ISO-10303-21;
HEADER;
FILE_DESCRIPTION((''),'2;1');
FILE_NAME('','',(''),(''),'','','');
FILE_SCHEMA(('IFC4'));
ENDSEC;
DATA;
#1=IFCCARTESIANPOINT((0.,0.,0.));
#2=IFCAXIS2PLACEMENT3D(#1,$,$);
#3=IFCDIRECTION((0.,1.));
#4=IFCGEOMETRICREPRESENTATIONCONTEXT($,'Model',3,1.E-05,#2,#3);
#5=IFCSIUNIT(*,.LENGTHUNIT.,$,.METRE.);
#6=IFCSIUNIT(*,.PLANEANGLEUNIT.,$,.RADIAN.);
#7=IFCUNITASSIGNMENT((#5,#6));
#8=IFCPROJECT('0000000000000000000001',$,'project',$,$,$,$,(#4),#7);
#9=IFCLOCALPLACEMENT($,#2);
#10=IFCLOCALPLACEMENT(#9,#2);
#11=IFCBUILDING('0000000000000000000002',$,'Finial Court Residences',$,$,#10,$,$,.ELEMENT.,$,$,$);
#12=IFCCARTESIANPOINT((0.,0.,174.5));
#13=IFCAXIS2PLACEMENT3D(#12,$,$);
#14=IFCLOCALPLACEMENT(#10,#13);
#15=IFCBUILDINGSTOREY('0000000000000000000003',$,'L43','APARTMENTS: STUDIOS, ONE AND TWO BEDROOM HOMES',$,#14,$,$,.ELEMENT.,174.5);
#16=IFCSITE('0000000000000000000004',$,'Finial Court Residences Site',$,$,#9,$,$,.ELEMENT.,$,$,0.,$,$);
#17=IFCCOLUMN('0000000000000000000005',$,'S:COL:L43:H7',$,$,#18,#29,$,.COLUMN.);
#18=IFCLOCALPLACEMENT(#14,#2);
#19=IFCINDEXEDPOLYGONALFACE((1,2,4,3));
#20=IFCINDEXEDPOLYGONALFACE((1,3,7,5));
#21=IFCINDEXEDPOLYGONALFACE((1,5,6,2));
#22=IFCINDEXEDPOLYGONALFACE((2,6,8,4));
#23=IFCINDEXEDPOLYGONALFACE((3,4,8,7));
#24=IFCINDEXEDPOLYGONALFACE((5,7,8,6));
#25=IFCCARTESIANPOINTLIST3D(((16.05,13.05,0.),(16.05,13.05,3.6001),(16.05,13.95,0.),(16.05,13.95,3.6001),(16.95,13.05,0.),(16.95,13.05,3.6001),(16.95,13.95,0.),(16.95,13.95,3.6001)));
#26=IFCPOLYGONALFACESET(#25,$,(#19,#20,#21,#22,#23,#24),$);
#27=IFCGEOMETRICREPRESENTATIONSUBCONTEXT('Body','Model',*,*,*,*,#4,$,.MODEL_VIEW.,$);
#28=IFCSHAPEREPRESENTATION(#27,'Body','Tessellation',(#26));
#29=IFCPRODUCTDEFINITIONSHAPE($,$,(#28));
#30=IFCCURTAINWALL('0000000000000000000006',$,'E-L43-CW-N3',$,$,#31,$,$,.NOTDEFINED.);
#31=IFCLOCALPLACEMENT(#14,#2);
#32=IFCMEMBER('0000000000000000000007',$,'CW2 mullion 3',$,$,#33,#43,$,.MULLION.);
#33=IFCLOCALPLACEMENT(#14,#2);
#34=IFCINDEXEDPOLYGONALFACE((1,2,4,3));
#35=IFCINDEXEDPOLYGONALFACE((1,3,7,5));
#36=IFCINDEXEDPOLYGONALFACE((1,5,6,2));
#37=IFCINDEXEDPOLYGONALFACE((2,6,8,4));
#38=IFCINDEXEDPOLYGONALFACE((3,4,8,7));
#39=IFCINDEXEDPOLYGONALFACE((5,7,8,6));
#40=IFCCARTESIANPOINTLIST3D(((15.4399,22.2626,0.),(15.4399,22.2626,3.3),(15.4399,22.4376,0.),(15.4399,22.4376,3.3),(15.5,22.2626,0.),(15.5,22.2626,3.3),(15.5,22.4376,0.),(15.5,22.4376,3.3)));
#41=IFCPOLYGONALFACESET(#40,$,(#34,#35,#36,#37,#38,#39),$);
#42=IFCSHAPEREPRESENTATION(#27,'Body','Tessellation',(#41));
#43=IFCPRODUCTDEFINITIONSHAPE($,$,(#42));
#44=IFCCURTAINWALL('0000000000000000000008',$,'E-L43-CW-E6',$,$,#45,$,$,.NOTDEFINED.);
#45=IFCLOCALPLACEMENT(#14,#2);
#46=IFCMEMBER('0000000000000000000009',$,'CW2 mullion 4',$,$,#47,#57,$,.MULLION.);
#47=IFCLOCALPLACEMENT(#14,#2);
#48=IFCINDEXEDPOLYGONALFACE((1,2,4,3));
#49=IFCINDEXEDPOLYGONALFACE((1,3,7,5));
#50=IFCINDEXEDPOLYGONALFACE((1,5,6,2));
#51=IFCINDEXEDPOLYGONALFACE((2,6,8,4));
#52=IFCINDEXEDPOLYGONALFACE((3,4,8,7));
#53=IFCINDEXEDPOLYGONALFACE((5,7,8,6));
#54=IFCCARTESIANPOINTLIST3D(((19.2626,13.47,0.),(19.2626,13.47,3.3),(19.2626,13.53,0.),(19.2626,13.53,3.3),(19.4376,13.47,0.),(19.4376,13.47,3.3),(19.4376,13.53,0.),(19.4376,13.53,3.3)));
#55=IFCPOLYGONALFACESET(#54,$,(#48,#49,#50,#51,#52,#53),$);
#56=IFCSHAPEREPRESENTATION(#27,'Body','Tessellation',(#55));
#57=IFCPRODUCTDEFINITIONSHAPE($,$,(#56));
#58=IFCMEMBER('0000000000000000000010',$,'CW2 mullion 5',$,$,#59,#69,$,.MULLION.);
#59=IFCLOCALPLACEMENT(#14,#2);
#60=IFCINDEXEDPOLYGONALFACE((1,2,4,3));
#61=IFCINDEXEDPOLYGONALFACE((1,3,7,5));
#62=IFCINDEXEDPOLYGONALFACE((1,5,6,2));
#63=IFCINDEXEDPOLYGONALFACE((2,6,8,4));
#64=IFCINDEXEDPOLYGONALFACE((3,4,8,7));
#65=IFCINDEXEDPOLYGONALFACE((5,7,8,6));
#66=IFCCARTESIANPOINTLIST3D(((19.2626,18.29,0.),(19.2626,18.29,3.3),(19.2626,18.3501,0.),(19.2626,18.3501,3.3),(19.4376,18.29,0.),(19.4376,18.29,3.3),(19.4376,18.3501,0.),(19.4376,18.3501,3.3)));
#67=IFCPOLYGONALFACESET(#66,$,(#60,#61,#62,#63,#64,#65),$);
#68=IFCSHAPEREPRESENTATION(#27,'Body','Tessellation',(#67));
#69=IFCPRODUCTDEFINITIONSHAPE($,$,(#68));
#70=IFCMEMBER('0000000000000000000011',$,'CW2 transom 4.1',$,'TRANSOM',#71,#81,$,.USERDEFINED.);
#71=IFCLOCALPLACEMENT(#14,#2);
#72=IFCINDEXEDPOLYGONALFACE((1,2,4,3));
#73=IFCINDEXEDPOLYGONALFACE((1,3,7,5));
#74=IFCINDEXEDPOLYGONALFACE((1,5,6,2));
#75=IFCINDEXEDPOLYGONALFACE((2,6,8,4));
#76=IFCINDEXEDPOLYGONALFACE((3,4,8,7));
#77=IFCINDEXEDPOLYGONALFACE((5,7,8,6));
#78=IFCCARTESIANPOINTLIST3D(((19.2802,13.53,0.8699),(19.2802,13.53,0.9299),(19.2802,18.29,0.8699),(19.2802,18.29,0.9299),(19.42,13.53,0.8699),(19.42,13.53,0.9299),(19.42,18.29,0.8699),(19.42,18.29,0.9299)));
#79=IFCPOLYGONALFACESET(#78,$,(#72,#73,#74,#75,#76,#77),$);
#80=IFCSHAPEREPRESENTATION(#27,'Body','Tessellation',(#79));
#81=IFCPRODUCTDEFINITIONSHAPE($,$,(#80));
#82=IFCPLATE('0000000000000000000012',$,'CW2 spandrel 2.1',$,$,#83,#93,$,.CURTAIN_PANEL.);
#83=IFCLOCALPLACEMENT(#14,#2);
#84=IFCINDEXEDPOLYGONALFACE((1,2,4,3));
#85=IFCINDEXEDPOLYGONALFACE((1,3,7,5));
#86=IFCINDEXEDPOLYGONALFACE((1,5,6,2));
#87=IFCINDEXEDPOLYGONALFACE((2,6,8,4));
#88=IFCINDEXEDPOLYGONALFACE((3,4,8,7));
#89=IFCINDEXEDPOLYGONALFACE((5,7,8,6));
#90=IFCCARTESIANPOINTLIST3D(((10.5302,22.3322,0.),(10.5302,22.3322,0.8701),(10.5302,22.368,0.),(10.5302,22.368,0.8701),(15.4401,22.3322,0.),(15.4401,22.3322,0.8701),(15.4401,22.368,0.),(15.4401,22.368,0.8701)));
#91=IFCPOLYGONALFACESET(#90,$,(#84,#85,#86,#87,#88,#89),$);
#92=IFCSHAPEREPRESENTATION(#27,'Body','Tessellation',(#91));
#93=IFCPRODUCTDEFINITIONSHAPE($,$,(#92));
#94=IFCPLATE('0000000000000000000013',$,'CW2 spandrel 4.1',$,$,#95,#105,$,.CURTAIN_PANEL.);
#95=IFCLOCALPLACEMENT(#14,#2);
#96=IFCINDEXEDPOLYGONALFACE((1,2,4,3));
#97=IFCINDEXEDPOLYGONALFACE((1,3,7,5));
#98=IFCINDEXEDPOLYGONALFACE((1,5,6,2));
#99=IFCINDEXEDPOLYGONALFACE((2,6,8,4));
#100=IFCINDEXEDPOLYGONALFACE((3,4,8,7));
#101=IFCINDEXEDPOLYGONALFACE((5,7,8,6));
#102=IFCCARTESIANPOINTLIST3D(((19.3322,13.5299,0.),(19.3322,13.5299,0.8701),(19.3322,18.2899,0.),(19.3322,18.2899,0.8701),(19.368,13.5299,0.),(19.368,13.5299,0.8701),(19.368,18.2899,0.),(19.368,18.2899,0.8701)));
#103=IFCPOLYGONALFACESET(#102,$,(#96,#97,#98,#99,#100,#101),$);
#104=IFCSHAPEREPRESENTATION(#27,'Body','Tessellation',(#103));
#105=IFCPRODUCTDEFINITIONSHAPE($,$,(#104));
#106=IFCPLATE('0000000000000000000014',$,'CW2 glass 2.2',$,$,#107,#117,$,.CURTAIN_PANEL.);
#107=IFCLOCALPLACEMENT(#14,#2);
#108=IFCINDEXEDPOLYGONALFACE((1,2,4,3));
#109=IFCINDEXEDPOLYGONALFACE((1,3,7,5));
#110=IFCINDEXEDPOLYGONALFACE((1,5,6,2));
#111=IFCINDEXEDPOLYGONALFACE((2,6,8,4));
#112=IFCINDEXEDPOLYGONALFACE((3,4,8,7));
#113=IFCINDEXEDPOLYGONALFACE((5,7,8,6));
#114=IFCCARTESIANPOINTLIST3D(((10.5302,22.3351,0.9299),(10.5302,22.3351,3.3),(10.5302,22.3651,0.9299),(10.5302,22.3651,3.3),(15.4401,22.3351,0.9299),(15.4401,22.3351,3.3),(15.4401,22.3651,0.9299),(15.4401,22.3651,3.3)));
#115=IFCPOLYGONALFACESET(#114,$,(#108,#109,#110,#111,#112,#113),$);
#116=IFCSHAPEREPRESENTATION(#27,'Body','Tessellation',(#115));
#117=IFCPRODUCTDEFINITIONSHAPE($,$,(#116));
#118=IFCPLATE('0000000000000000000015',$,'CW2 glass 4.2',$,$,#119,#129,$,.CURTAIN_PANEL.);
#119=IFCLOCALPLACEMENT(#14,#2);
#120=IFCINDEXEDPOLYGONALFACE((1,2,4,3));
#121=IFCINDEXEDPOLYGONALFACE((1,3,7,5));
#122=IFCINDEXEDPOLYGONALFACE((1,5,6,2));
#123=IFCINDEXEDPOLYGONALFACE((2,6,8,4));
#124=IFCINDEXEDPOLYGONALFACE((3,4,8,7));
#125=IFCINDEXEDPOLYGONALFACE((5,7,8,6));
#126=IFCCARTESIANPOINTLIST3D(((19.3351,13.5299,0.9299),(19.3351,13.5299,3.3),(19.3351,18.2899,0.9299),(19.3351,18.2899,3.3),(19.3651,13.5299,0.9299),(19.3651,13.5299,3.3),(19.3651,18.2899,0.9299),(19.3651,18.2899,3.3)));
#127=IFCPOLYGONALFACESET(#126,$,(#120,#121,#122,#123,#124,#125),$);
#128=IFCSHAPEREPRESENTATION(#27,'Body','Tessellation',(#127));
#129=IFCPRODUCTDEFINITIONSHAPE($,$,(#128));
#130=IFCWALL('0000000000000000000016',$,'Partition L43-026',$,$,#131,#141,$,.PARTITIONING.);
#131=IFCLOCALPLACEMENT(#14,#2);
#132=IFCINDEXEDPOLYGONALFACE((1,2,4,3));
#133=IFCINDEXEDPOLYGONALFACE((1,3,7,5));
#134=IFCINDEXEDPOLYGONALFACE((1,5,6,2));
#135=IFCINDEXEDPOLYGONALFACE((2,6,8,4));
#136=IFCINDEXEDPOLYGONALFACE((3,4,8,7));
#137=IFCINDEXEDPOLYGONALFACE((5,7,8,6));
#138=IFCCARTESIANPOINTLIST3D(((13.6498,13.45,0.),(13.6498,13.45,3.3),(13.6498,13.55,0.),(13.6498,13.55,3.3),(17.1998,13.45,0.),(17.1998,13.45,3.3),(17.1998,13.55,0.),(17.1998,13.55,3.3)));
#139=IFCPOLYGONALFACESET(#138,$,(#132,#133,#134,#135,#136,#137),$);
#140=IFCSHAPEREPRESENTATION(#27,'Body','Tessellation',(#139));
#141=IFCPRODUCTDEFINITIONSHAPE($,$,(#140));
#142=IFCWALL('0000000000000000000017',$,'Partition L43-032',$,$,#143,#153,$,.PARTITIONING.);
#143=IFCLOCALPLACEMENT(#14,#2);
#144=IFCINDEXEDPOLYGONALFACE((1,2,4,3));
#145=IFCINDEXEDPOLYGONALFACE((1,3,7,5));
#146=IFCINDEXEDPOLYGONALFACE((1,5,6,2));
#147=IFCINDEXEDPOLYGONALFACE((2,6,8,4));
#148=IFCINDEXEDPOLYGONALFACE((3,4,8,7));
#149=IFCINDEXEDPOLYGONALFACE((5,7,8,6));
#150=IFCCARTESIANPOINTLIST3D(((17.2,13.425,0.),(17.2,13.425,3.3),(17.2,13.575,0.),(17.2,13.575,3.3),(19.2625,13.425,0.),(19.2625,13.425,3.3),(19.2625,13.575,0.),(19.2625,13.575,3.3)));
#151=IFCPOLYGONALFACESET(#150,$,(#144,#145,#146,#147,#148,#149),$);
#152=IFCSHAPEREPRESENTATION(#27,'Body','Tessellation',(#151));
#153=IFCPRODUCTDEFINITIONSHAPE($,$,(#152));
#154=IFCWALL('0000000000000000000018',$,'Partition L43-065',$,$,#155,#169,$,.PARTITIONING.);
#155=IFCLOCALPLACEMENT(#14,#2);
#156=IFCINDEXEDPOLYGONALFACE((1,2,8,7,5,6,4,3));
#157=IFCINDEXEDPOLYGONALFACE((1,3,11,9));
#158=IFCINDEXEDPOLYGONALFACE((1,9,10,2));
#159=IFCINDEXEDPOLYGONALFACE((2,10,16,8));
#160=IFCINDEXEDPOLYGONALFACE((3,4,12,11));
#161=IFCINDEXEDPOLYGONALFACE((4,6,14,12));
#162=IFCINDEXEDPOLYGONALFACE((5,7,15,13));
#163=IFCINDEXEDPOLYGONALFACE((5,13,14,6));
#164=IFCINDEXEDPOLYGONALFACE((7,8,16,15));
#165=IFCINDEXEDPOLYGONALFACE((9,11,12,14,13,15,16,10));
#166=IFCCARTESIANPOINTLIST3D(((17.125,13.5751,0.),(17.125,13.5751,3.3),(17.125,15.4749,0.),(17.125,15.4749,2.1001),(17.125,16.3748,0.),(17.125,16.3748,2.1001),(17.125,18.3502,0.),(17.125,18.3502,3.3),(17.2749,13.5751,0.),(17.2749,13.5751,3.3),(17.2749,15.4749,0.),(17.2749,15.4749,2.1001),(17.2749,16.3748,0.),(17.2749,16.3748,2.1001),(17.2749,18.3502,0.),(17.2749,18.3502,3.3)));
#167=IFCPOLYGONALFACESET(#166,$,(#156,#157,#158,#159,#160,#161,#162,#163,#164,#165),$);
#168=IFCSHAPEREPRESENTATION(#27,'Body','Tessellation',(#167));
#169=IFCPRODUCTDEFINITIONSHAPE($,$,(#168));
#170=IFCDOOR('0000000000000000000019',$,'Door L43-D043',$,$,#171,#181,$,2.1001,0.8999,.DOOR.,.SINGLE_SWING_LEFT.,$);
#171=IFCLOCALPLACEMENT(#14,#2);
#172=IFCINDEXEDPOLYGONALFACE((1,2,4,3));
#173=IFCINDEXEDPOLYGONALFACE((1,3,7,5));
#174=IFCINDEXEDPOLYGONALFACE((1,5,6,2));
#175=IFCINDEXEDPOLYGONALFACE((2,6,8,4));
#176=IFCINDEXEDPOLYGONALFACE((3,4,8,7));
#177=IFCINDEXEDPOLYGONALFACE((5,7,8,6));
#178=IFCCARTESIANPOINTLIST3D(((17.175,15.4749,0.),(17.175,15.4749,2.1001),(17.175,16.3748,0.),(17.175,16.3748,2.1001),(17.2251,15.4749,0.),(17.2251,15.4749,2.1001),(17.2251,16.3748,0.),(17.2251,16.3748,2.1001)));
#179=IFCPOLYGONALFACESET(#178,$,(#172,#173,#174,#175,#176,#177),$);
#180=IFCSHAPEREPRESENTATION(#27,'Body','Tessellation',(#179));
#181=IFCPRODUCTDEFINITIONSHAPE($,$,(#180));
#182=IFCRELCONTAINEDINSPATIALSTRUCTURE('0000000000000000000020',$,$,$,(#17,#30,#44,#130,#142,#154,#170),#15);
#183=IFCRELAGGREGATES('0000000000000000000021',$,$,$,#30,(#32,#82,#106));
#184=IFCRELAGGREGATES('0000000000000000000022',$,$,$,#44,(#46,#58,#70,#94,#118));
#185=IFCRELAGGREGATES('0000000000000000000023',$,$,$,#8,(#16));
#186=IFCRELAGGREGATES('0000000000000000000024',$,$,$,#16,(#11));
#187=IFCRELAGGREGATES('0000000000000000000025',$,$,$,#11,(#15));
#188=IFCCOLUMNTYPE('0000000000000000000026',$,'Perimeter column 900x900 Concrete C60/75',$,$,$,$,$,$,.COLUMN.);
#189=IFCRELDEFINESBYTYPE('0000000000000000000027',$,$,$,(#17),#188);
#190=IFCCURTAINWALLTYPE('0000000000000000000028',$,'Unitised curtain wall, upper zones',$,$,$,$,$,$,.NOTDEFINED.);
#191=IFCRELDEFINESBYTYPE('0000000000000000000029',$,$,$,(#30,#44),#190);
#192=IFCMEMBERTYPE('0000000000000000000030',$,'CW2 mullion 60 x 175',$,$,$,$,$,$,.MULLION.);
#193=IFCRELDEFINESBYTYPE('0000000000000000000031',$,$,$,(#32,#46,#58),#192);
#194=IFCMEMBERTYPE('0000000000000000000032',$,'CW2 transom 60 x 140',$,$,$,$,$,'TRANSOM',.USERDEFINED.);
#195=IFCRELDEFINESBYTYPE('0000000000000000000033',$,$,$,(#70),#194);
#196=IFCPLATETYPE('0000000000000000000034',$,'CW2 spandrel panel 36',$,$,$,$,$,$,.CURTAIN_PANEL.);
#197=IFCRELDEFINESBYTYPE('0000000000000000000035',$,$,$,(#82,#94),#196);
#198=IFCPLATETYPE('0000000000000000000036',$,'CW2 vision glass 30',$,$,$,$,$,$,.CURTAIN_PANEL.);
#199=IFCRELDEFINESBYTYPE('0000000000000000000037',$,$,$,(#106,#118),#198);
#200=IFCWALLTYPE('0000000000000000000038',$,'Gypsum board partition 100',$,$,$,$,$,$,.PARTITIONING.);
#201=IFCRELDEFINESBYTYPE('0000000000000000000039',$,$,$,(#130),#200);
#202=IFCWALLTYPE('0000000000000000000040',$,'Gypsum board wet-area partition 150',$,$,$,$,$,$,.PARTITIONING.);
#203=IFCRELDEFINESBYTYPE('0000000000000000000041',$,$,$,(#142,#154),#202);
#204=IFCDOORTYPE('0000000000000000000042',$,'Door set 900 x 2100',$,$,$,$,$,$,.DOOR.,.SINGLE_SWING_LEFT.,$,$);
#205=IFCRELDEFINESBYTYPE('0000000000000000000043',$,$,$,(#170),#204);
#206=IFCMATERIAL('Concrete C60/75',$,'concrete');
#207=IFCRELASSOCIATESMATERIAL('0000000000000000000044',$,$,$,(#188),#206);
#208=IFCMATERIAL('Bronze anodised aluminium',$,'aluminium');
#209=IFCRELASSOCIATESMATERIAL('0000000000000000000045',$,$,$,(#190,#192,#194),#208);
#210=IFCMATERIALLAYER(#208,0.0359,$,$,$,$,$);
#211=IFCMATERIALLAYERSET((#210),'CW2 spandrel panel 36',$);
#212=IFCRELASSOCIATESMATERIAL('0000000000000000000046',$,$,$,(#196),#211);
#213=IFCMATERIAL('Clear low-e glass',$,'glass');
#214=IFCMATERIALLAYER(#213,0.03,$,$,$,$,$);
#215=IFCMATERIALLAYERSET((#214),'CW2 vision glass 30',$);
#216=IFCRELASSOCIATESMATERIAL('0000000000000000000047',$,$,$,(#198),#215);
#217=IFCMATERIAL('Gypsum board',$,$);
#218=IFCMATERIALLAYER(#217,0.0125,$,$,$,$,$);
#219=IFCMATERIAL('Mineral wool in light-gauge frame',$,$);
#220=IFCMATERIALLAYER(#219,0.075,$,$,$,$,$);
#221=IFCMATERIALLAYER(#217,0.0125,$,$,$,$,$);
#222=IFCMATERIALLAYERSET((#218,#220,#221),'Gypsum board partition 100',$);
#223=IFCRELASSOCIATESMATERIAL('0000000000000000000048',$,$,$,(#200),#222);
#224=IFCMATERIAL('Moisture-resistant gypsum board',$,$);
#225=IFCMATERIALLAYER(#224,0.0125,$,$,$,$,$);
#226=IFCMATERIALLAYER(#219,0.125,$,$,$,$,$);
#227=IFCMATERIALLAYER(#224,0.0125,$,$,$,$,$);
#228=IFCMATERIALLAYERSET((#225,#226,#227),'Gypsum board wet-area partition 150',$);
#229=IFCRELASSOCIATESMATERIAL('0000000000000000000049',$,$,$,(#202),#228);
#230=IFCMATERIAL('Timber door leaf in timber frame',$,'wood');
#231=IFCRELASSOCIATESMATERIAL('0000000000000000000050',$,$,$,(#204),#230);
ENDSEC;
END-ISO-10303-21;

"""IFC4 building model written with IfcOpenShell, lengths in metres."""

from ifc_helpers import new_model, si_unit, direction, frame, frame_2d, origin, origin_2d, place, context, subcontext, project, spatial, rectangle, extrude, material, layer, layer_set, material_profile, profile_set, type_object, element, fill, aggregate, save


model = new_model("IFC4")

# Units and contexts
model_context = context("Model", 3, precision=1e-05, world=origin(), true_north=direction((0.0, 1.0)))
body_context = subcontext(model_context, "Body", "Model", "MODEL_VIEW")
ifc_project = project(units=[si_unit("LENGTHUNIT", "METRE"), si_unit("PLANEANGLEUNIT", "RADIAN")], contexts=[model_context])

# Site, building, storey
site_placement = place(None, origin())
site = spatial("IfcSite", under=ifc_project, at=site_placement, Name="Finial Court Residences Site", CompositionType="ELEMENT", RefElevation=0.0)
building_placement = place(site_placement, origin())
building = spatial("IfcBuilding", under=site, at=building_placement, Name="Finial Court Residences", CompositionType="ELEMENT")
storey_placement = place(building_placement, frame((0.0, 0.0, 174.5)))
storey = spatial("IfcBuildingStorey", under=building, at=storey_placement, Name="L43", Description="APARTMENTS: STUDIOS, ONE AND TWO BEDROOM HOMES", CompositionType="ELEMENT", Elevation=174.5)

# Column
ifc_material_1 = material(Name="Concrete C60/75", Category="concrete")
ifc_material_profile_1 = material_profile(ifc_material_1, rectangle(XDim=0.8999, YDim=0.8999, at=origin_2d()), Name="900x900")
ifc_profile_set_1 = profile_set([ifc_material_profile_1], Name="Concrete C60/75")
column_type = type_object("IfcColumnType", Name="Perimeter column 900x900 Concrete C60/75", PredefinedType="COLUMN", material=ifc_profile_set_1)
column_placement = place(storey_placement, frame((16.5, 13.5, 0.0), z_axis=(0.0, 0.0, 1.0), x_axis=(1.0, 0.0, 0.0)))
element("IfcColumn", 1, at=column_placement, inside=storey, type_object=column_type, Name="S:COL:L43:H7", PredefinedType="COLUMN", context=body_context, shape_type="SweptSolid", body=[
    extrude(rectangle(XDim=0.8999, YDim=0.8999, at=origin_2d()), origin(), (0.0, 0.0, 1.0), 3.6001),
])

# Curtain wall, member
ifc_material_2 = material(Name="Bronze anodised aluminium", Category="aluminium")
curtain_wall_type = type_object("IfcCurtainWallType", Name="Unitised curtain wall, upper zones", PredefinedType="NOTDEFINED", material=ifc_material_2)
curtain_wall_1_placement = place(storey_placement, origin())
curtain_wall_1 = element("IfcCurtainWall", 2, at=curtain_wall_1_placement, inside=storey, type_object=curtain_wall_type, Name="E-L43-CW-N3", PredefinedType="NOTDEFINED")
ifc_material_profile_2 = material_profile(ifc_material_2, rectangle(XDim=0.175, YDim=0.0601, at=origin_2d()), Name="CW2 mullion 60 x 175")
ifc_profile_set_2 = profile_set([ifc_material_profile_2], Name="Bronze anodised aluminium")
member_type_1 = type_object("IfcMemberType", Name="CW2 mullion 60 x 175", PredefinedType="MULLION", material=ifc_profile_set_2)
member_1_placement = place(storey_placement, frame((15.47, 22.3501, 0.0), z_axis=(0.0, 0.0, 1.0), x_axis=(0.0, 1.0, 0.0)))
member_1 = element("IfcMember", 3, at=member_1_placement, type_object=member_type_1, Name="CW2 mullion 3", PredefinedType="MULLION", context=body_context, shape_type="SweptSolid", body=[
    extrude(rectangle(XDim=0.175, YDim=0.0601, at=origin_2d()), origin(), (0.0, 0.0, 1.0), 3.3),
])

# Curtain wall, members
curtain_wall_2_placement = place(storey_placement, origin())
curtain_wall_2 = element("IfcCurtainWall", 4, at=curtain_wall_2_placement, inside=storey, type_object=curtain_wall_type, Name="E-L43-CW-E6", PredefinedType="NOTDEFINED")
member_2_placement = place(storey_placement, frame((19.3501, 13.5, 0.0), z_axis=(0.0, 0.0, 1.0), x_axis=(-1.0, 0.0, 0.0)))
member_2 = element("IfcMember", 5, at=member_2_placement, type_object=member_type_1, Name="CW2 mullion 4", PredefinedType="MULLION", context=body_context, shape_type="SweptSolid", body=[
    extrude(rectangle(XDim=0.175, YDim=0.0601, at=origin_2d()), origin(), (0.0, 0.0, 1.0), 3.3),
])
member_3_placement = place(storey_placement, frame((19.3501, 18.3201, 0.0), z_axis=(0.0, 0.0, 1.0), x_axis=(-1.0, 0.0, 0.0)))
member_3 = element("IfcMember", 6, at=member_3_placement, type_object=member_type_1, Name="CW2 mullion 5", PredefinedType="MULLION", context=body_context, shape_type="SweptSolid", body=[
    extrude(rectangle(XDim=0.175, YDim=0.0601, at=origin_2d()), origin(), (0.0, 0.0, 1.0), 3.3),
])
ifc_material_profile_3 = material_profile(ifc_material_2, rectangle(XDim=0.1399, YDim=0.0601, at=origin_2d()), Name="CW2 transom 60 x 140")
ifc_profile_set_3 = profile_set([ifc_material_profile_3], Name="Bronze anodised aluminium")
member_type_2 = type_object("IfcMemberType", Name="CW2 transom 60 x 140", ElementType="TRANSOM", PredefinedType="USERDEFINED", material=ifc_profile_set_3)
member_4_placement = place(storey_placement, frame((19.3501, 13.53, 0.8999), z_axis=(0.0, 1.0, 0.0), x_axis=(-1.0, 0.0, 0.0)))
member_4 = element("IfcMember", 7, at=member_4_placement, type_object=member_type_2, Name="CW2 transom 4.1", ObjectType="TRANSOM", PredefinedType="USERDEFINED", context=body_context, shape_type="SweptSolid", body=[
    extrude(rectangle(XDim=0.1399, YDim=0.0601, at=origin_2d()), origin(), (0.0, 0.0, 1.0), 4.76),
])

# Plates
ifc_layer_1 = layer(ifc_material_2, 0.0359)
ifc_layer_set_1 = layer_set([ifc_layer_1], Name="CW2 spandrel panel 36")
plate_type_1 = type_object("IfcPlateType", Name="CW2 spandrel panel 36", PredefinedType="CURTAIN_PANEL", material=ifc_layer_set_1)
plate_1_placement = place(storey_placement, frame((12.9851, 22.3501, 0.0), z_axis=(0.0, 0.0, 1.0), x_axis=(1.0, 0.0, 0.0)))
plate_1 = element("IfcPlate", 8, at=plate_1_placement, type_object=plate_type_1, Name="CW2 spandrel 2.1", PredefinedType="CURTAIN_PANEL", context=body_context, shape_type="SweptSolid", body=[
    extrude(rectangle(XDim=4.9099, YDim=0.0359, at=origin_2d()), origin(), (0.0, 0.0, 1.0), 0.8701),
])
plate_2_placement = place(storey_placement, frame((19.3501, 15.9099, 0.0), z_axis=(0.0, 0.0, 1.0), x_axis=(0.0, 1.0, 0.0)))
plate_2 = element("IfcPlate", 9, at=plate_2_placement, type_object=plate_type_1, Name="CW2 spandrel 4.1", PredefinedType="CURTAIN_PANEL", context=body_context, shape_type="SweptSolid", body=[
    extrude(rectangle(XDim=4.76, YDim=0.0359, at=origin_2d()), origin(), (0.0, 0.0, 1.0), 0.8701),
])
ifc_material_3 = material(Name="Clear low-e glass", Category="glass")
ifc_layer_2 = layer(ifc_material_3, 0.03)
ifc_layer_set_2 = layer_set([ifc_layer_2], Name="CW2 vision glass 30")
plate_type_2 = type_object("IfcPlateType", Name="CW2 vision glass 30", PredefinedType="CURTAIN_PANEL", material=ifc_layer_set_2)
plate_3_placement = place(storey_placement, frame((12.9851, 22.3501, 0.9299), z_axis=(0.0, 0.0, 1.0), x_axis=(1.0, 0.0, 0.0)))
plate_3 = element("IfcPlate", 10, at=plate_3_placement, type_object=plate_type_2, Name="CW2 glass 2.2", PredefinedType="CURTAIN_PANEL", context=body_context, shape_type="SweptSolid", body=[
    extrude(rectangle(XDim=4.9099, YDim=0.03, at=origin_2d()), origin(), (0.0, 0.0, 1.0), 2.3701),
])
aggregate(curtain_wall_1, [member_1, plate_1, plate_3])
plate_4_placement = place(storey_placement, frame((19.3501, 15.9099, 0.9299), z_axis=(0.0, 0.0, 1.0), x_axis=(0.0, 1.0, 0.0)))
plate_4 = element("IfcPlate", 11, at=plate_4_placement, type_object=plate_type_2, Name="CW2 glass 4.2", PredefinedType="CURTAIN_PANEL", context=body_context, shape_type="SweptSolid", body=[
    extrude(rectangle(XDim=4.76, YDim=0.03, at=origin_2d()), origin(), (0.0, 0.0, 1.0), 2.3701),
])
aggregate(curtain_wall_2, [member_2, member_3, member_4, plate_2, plate_4])

# Walls
ifc_material_4 = material(Name="Gypsum board")
ifc_layer_3 = layer(ifc_material_4, 0.0125)
ifc_material_5 = material(Name="Mineral wool in light-gauge frame")
ifc_layer_4 = layer(ifc_material_5, 0.075)
ifc_layer_5 = layer(ifc_material_4, 0.0125)
ifc_layer_set_3 = layer_set([ifc_layer_3, ifc_layer_4, ifc_layer_5], Name="Gypsum board partition 100")
wall_type_1 = type_object("IfcWallType", Name="Gypsum board partition 100", PredefinedType="PARTITIONING", material=ifc_layer_set_3)
wall_1_placement = place(storey_placement, frame((13.6499, 13.5, 0.0), z_axis=(0.0, 0.0, 1.0), x_axis=(1.0, 0.0, 0.0)))
element("IfcWall", 12, at=wall_1_placement, inside=storey, type_object=wall_type_1, Name="Partition L43-026", PredefinedType="PARTITIONING", context=body_context, shape_type="SweptSolid", body=[
    extrude(rectangle(XDim=3.55, YDim=0.1001, at=frame_2d((1.7749, 0.0))), origin(), (0.0, 0.0, 1.0), 3.3),
])
ifc_material_6 = material(Name="Moisture-resistant gypsum board")
ifc_layer_6 = layer(ifc_material_6, 0.0125)
ifc_layer_7 = layer(ifc_material_5, 0.125)
ifc_layer_8 = layer(ifc_material_6, 0.0125)
ifc_layer_set_4 = layer_set([ifc_layer_6, ifc_layer_7, ifc_layer_8], Name="Gypsum board wet-area partition 150")
wall_type_2 = type_object("IfcWallType", Name="Gypsum board wet-area partition 150", PredefinedType="PARTITIONING", material=ifc_layer_set_4)
wall_2_placement = place(storey_placement, frame((17.2, 13.5, 0.0), z_axis=(0.0, 0.0, 1.0), x_axis=(1.0, 0.0, 0.0)))
element("IfcWall", 13, at=wall_2_placement, inside=storey, type_object=wall_type_2, Name="Partition L43-032", PredefinedType="PARTITIONING", context=body_context, shape_type="SweptSolid", body=[
    extrude(rectangle(XDim=2.0625, YDim=0.1499, at=frame_2d((1.0312, 0.0))), origin(), (0.0, 0.0, 1.0), 3.3),
])

# Wall, opening, door
wall_3_placement = place(storey_placement, frame((17.2, 13.575, 0.0), z_axis=(0.0, 0.0, 1.0), x_axis=(0.0, 1.0, 0.0)))
wall_3 = element("IfcWall", 14, at=wall_3_placement, inside=storey, type_object=wall_type_2, Name="Partition L43-065", PredefinedType="PARTITIONING", context=body_context, shape_type="SweptSolid", body=[
    extrude(rectangle(XDim=4.7751, YDim=0.1499, at=frame_2d((2.3877, 0.0))), origin(), (0.0, 0.0, 1.0), 3.3),
])
opening_1_placement = place(wall_3_placement, frame((1.8999, 0.0, 0.0)))
opening_1 = element("IfcOpeningElement", 15, at=opening_1_placement, cuts=wall_3, PredefinedType="OPENING", context=body_context, shape_type="SweptSolid", body=[
    extrude(rectangle(XDim=0.8999, YDim=2.1001, at=frame_2d((0.45, 1.05))), frame((0.0, 0.085, 0.0), z_axis=(0.0, -1.0, 0.0), x_axis=(1.0, 0.0, 0.0)), (0.0, 0.0, 1.0), 0.1699),
])
ifc_material_7 = material(Name="Timber door leaf in timber frame", Category="wood")
door_type = type_object("IfcDoorType", Name="Door set 900 x 2100", OperationType="SINGLE_SWING_LEFT", PredefinedType="DOOR", material=ifc_material_7)
door_placement = place(opening_1_placement, origin())
door = element("IfcDoor", 16, at=door_placement, inside=storey, type_object=door_type, Name="Door L43-D043", OperationType="SINGLE_SWING_LEFT", OverallHeight=2.1001, OverallWidth=0.8999, PredefinedType="DOOR", context=body_context, shape_type="SweptSolid", body=[
    extrude(rectangle(XDim=0.8999, YDim=2.1001, at=frame_2d((0.45, 1.05))), frame((0.0, 0.0249, 0.0), z_axis=(0.0, -1.0, 0.0), x_axis=(1.0, 0.0, 0.0)), (0.0, 0.0, 1.0), 0.05),
])
fill(opening_1, door)

save(model, "model.ifc")
